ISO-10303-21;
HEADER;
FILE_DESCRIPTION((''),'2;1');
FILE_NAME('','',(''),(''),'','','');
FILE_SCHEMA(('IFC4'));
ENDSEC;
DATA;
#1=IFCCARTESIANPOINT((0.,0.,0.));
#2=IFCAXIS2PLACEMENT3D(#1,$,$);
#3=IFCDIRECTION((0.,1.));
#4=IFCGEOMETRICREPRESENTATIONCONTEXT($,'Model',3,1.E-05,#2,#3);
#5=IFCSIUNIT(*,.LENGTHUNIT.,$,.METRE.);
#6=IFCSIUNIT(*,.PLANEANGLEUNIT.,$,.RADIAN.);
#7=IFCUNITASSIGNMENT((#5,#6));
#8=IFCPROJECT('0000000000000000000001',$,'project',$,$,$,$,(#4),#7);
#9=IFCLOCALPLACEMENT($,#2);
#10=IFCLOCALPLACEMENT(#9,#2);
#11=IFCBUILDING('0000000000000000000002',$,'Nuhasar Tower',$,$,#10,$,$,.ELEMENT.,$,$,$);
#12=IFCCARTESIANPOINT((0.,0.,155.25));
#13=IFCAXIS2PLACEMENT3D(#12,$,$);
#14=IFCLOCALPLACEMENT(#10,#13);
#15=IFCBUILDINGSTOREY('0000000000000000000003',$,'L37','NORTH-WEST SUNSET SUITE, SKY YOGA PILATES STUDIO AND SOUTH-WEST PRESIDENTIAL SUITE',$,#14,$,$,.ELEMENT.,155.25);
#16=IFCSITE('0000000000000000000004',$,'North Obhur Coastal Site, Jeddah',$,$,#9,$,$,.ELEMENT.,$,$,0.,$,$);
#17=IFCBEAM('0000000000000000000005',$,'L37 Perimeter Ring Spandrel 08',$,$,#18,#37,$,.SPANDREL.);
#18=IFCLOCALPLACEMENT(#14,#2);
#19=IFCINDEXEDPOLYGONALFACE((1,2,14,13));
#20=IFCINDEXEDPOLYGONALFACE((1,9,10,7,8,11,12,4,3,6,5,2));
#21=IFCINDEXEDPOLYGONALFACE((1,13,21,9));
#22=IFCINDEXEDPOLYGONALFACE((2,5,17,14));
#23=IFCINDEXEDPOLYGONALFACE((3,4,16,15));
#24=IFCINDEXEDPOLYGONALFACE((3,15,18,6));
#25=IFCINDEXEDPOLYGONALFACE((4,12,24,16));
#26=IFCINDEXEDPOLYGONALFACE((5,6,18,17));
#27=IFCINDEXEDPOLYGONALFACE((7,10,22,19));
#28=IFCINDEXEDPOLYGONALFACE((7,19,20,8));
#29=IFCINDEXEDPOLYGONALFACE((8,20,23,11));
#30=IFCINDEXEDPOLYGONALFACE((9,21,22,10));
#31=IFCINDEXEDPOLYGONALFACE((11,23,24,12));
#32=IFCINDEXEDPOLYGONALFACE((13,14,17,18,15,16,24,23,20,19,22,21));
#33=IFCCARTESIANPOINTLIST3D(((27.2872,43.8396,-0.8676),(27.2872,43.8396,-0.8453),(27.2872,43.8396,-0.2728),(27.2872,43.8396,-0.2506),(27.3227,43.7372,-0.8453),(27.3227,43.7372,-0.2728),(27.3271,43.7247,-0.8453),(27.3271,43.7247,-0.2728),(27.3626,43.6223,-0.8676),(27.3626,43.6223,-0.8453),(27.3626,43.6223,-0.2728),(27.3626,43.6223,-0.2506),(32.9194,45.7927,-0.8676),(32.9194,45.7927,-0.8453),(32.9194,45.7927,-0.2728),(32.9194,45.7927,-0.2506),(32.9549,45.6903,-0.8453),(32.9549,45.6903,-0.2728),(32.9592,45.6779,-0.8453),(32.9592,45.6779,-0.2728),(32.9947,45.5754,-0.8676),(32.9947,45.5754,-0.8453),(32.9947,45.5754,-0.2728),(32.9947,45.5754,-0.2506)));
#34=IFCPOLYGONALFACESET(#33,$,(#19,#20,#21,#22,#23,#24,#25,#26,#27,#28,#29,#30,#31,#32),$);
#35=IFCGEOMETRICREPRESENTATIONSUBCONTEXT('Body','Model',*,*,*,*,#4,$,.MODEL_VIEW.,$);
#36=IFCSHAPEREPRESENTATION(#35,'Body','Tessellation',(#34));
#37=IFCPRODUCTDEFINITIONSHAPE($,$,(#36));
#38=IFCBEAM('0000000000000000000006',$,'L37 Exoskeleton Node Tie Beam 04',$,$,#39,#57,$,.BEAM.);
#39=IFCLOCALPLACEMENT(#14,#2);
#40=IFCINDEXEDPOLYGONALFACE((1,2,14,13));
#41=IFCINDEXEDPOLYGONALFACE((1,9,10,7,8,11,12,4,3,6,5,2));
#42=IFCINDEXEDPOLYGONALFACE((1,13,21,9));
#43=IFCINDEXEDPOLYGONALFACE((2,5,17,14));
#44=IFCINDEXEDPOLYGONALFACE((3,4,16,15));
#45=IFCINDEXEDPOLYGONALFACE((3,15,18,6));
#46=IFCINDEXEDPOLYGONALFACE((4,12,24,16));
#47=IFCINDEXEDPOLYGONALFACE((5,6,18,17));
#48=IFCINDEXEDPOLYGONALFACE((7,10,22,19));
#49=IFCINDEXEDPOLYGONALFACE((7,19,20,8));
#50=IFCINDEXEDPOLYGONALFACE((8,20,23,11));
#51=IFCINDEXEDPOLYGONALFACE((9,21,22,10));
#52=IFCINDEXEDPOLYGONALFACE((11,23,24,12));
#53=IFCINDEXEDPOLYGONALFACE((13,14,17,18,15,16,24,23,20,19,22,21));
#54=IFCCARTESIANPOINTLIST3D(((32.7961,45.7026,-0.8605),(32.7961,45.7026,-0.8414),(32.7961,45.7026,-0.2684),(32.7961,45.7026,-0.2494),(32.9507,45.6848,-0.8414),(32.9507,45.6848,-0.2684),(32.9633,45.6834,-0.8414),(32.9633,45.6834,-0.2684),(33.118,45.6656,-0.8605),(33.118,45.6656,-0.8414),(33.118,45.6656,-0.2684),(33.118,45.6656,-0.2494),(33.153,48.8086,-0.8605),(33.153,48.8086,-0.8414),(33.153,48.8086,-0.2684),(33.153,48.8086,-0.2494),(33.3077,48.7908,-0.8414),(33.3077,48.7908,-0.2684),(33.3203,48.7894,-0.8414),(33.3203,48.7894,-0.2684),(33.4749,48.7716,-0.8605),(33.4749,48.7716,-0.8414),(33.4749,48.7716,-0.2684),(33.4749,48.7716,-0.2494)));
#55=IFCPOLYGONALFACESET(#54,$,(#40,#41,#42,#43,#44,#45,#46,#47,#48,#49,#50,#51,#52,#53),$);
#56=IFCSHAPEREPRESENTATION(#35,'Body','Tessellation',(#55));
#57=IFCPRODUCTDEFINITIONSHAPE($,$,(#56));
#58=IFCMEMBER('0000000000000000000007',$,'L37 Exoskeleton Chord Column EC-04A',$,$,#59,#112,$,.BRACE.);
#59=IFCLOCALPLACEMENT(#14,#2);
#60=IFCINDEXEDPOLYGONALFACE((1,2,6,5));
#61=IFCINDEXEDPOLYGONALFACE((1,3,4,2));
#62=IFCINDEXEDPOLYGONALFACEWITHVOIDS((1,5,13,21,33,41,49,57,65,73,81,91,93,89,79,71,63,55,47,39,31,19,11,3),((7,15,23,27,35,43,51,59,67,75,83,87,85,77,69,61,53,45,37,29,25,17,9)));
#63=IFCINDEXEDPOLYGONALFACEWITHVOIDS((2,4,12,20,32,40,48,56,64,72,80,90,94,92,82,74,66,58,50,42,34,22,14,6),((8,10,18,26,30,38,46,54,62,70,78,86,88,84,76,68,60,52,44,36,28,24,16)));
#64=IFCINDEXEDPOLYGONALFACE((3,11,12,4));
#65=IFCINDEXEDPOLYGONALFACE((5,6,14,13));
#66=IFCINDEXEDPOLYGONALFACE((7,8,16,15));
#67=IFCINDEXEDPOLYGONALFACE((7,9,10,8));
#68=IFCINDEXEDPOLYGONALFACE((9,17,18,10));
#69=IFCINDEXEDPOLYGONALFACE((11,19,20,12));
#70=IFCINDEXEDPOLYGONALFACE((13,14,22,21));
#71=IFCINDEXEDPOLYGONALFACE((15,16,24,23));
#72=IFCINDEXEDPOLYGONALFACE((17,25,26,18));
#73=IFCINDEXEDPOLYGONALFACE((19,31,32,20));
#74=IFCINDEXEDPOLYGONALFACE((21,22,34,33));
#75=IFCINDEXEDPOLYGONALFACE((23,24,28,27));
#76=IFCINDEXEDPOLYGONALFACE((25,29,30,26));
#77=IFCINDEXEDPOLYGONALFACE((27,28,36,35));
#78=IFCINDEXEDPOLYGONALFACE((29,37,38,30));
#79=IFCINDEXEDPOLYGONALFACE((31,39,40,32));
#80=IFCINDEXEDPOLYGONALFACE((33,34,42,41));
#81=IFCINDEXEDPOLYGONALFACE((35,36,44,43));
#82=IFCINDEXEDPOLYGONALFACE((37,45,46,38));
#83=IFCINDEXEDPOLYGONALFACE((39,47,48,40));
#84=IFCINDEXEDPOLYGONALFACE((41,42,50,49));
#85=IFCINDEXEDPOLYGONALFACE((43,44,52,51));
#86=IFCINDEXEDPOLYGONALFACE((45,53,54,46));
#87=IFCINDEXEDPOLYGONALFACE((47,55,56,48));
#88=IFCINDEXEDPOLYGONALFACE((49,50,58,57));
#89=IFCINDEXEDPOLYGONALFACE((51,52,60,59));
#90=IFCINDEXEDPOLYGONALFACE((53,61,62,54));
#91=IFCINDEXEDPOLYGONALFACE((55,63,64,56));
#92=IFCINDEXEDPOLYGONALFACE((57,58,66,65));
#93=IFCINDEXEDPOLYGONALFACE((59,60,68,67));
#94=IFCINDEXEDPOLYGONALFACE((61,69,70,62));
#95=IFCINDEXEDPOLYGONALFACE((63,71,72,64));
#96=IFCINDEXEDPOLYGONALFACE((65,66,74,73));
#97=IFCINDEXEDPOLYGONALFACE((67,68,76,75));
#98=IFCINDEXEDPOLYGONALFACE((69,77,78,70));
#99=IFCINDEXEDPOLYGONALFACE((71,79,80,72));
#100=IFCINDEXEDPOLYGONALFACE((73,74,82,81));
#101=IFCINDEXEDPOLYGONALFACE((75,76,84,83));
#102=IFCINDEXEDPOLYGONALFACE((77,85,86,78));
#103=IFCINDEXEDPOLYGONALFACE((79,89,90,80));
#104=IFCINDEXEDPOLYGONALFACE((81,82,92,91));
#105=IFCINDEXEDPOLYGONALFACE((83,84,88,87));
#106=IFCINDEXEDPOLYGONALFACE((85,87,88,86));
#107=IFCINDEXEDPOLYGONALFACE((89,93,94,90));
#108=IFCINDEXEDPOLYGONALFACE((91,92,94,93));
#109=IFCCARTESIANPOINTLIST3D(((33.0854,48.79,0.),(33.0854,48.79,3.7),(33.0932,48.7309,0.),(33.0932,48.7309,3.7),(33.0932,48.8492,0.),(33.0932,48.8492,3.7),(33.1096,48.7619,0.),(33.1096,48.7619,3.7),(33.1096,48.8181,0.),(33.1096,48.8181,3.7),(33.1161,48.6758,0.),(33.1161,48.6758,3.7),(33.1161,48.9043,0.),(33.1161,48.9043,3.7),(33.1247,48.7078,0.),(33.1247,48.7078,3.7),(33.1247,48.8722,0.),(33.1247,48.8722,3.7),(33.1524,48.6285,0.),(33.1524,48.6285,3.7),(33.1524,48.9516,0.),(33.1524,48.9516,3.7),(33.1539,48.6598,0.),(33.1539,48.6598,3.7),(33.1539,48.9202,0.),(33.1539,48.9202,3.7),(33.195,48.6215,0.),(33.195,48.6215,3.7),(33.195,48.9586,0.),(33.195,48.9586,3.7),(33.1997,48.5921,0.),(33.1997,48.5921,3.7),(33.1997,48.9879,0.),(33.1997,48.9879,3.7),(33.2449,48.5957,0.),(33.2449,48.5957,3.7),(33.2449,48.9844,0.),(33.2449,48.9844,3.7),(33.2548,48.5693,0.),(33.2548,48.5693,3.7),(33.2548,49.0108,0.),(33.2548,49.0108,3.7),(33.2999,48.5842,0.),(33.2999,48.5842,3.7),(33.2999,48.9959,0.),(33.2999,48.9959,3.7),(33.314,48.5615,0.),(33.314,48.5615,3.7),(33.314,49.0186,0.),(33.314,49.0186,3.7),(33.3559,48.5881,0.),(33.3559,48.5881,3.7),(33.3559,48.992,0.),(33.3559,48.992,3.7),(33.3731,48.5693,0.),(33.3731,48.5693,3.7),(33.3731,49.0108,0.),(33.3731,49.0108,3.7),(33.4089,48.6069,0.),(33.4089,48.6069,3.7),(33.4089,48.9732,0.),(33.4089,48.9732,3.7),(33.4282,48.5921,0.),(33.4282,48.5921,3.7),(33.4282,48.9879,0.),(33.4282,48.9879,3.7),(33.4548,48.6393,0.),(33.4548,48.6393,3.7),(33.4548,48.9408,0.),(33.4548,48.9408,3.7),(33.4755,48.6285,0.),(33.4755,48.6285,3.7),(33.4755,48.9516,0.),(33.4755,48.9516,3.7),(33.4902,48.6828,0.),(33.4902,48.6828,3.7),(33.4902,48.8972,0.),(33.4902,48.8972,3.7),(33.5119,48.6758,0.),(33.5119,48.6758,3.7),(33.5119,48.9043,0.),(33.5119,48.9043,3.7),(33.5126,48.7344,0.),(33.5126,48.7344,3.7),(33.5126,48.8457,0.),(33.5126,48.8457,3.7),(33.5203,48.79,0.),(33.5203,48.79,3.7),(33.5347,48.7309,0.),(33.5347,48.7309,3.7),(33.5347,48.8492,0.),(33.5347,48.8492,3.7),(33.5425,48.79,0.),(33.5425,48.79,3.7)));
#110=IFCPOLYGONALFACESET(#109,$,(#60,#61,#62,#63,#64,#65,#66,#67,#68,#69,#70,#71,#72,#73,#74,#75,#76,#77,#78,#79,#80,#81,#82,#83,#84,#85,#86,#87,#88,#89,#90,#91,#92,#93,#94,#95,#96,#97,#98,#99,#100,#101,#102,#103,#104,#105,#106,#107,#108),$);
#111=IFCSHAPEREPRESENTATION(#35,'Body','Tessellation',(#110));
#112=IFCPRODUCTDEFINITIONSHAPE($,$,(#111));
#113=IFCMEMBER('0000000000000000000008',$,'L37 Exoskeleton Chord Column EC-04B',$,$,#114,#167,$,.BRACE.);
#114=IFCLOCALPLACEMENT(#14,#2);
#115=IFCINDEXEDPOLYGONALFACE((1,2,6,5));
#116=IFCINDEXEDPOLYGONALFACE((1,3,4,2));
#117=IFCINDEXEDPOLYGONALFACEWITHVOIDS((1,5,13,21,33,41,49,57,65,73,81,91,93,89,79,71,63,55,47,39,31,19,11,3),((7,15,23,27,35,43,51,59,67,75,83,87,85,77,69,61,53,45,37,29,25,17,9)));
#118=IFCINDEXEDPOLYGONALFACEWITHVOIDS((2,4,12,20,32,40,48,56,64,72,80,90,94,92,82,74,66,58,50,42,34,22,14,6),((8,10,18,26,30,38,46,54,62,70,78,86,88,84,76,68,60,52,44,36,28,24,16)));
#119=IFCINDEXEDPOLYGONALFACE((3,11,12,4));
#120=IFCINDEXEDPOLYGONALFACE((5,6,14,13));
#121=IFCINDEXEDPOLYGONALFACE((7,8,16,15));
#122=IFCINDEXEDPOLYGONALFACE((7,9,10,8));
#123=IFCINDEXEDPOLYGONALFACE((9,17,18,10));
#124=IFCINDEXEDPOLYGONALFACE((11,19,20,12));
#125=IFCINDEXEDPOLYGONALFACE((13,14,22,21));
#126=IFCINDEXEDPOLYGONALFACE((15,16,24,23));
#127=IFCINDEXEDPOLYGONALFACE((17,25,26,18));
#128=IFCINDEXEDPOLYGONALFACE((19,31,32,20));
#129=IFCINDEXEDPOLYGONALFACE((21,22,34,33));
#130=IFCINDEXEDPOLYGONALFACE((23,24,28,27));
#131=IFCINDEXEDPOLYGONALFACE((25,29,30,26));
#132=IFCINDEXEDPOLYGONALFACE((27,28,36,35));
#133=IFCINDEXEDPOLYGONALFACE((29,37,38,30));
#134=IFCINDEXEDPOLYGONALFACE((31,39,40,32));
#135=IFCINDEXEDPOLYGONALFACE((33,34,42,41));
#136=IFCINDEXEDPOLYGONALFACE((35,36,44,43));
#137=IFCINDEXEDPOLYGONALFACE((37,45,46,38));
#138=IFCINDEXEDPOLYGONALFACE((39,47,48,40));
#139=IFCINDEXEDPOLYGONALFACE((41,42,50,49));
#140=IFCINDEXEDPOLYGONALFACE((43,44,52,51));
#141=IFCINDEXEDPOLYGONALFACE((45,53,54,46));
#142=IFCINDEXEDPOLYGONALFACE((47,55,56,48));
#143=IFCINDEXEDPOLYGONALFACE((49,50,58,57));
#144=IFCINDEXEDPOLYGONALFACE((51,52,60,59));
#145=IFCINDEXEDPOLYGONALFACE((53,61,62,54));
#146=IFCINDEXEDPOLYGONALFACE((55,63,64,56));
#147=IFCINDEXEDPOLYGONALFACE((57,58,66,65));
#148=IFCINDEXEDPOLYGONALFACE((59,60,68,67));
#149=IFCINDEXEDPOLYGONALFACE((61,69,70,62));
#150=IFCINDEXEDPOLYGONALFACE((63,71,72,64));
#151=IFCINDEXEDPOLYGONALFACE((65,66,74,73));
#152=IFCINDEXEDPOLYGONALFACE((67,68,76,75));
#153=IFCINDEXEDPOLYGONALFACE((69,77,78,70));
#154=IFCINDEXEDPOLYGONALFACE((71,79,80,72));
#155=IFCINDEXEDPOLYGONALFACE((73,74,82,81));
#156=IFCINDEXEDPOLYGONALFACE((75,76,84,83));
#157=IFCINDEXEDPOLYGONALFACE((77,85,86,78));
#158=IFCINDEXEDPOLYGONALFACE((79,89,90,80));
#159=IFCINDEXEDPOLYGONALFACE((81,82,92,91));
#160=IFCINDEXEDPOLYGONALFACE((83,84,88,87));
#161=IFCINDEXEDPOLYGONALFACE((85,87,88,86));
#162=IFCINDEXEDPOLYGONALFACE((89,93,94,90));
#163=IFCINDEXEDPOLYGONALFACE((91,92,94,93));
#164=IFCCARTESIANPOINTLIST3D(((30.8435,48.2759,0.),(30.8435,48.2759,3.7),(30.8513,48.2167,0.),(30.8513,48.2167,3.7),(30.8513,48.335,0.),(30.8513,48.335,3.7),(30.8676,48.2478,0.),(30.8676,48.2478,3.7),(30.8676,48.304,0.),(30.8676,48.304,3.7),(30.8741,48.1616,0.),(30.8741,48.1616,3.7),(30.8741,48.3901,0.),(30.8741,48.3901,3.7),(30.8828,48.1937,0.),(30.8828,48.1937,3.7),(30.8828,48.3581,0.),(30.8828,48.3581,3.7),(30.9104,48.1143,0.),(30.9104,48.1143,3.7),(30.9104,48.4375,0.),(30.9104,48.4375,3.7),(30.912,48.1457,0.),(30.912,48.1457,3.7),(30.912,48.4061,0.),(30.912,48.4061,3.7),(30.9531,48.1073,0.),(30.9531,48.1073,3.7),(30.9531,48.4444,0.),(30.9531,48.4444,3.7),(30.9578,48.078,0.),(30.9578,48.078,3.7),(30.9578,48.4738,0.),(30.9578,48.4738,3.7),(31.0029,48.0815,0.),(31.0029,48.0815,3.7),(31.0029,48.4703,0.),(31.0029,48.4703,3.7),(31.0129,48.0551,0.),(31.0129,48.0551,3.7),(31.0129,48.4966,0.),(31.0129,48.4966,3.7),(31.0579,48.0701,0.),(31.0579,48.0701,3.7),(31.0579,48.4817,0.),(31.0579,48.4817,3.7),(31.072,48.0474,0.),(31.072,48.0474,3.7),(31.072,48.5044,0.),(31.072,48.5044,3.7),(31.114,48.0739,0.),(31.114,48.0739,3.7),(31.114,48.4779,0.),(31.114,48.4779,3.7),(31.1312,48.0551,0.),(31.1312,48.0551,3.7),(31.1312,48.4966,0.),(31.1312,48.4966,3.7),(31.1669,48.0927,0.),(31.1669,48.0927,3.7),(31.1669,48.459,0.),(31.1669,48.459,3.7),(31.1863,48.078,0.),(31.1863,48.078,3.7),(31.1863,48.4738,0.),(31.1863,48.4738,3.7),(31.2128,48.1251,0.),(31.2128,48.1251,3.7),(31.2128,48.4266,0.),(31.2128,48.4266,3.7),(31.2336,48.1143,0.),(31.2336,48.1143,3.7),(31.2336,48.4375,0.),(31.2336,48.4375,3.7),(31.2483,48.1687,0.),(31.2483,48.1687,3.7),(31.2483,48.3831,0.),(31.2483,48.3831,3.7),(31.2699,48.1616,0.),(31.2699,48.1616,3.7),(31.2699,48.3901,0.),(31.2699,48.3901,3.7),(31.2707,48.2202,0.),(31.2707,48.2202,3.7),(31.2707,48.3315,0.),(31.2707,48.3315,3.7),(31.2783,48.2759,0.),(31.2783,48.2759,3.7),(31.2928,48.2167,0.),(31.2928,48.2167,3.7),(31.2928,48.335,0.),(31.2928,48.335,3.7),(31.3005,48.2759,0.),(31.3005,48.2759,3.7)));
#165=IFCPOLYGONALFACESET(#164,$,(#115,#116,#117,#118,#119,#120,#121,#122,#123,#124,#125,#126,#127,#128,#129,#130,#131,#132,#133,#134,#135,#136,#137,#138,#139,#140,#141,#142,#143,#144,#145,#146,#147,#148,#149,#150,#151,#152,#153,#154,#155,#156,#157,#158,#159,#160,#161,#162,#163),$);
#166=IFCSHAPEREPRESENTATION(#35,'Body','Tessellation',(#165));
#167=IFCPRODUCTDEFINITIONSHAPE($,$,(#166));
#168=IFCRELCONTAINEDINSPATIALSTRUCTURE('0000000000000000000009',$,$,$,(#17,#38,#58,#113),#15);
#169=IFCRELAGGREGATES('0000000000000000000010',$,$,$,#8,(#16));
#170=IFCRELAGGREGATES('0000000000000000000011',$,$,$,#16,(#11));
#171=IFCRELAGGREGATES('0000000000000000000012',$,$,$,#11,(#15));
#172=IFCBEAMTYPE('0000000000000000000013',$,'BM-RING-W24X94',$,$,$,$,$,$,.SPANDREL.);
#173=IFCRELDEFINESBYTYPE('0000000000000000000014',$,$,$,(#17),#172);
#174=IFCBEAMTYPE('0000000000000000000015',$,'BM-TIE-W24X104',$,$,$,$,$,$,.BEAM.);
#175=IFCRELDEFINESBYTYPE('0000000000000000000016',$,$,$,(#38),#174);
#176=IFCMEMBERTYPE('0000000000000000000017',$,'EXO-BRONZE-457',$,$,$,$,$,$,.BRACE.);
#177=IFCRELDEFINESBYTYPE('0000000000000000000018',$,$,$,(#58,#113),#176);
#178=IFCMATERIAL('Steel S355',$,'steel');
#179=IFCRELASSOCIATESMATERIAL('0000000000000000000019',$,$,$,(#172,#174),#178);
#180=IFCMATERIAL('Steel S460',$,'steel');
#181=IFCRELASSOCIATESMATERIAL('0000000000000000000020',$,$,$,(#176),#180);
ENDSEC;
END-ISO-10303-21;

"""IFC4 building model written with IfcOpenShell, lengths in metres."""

from ifc_helpers import new_model, si_unit, direction, frame, origin, origin_2d, place, context, subcontext, project, spatial, hollow_circle, i_section, extrude, material, material_profile, profile_set, type_object, element, save


model = new_model("IFC4")

# Units and contexts
model_context = context("Model", 3, precision=1e-05, world=origin(), true_north=direction((0.0, 1.0)))
body_context = subcontext(model_context, "Body", "Model", "MODEL_VIEW")
ifc_project = project(units=[si_unit("LENGTHUNIT", "METRE"), si_unit("PLANEANGLEUNIT", "RADIAN")], contexts=[model_context])

# Site, building, storey
site_placement = place(None, origin())
site = spatial("IfcSite", under=ifc_project, at=site_placement, Name="North Obhur Coastal Site, Jeddah", CompositionType="ELEMENT", RefElevation=0.0)
building_placement = place(site_placement, origin())
building = spatial("IfcBuilding", under=site, at=building_placement, Name="Nuhasar Tower", CompositionType="ELEMENT")
storey_placement = place(building_placement, frame((0.0, 0.0, 155.25)))
storey = spatial("IfcBuildingStorey", under=building, at=storey_placement, Name="L37", Description="NORTH-WEST SUNSET SUITE, SKY YOGA PILATES STUDIO AND SOUTH-WEST PRESIDENTIAL SUITE", CompositionType="ELEMENT", Elevation=155.25)

# Beams
ifc_material_1 = material(Name="Steel S355", Category="steel")
ifc_material_profile_1 = material_profile(ifc_material_1, i_section(OverallWidth=0.23, OverallDepth=0.6169, WebThickness=0.0132, FlangeThickness=0.0222, at=origin_2d()), Name="W24X94")
ifc_profile_set_1 = profile_set([ifc_material_profile_1], Name="Steel S355")
beam_type_1 = type_object("IfcBeamType", Name="BM-RING-W24X94", PredefinedType="SPANDREL", material=ifc_profile_set_1)
beam_1_placement = place(storey_placement, frame((32.957, 45.6841, -0.5591), z_axis=(-0.944801, -0.327644, 0.0), x_axis=(0.327644, -0.944801, 0.0)))
element("IfcBeam", 1, at=beam_1_placement, inside=storey, type_object=beam_type_1, Name="L37 Perimeter Ring Spandrel 08", PredefinedType="SPANDREL", context=body_context, shape_type="SweptSolid", body=[
    extrude(i_section(OverallWidth=0.23, OverallDepth=0.6169, WebThickness=0.0132, FlangeThickness=0.0222, at=origin_2d()), origin(), (0.0, 0.0, 1.0), 5.9612),
])
ifc_material_profile_2 = material_profile(ifc_material_1, i_section(OverallWidth=0.324, OverallDepth=0.6111, WebThickness=0.0127, FlangeThickness=0.019, at=origin_2d()), Name="W24X104")
ifc_profile_set_2 = profile_set([ifc_material_profile_2], Name="Steel S355")
beam_type_2 = type_object("IfcBeamType", Name="BM-TIE-W24X104", PredefinedType="BEAM", material=ifc_profile_set_2)
beam_2_placement = place(storey_placement, frame((32.957, 45.6841, -0.5549), z_axis=(0.114168, 0.993461, 0.0), x_axis=(-0.993461, 0.114168, 0.0)))
element("IfcBeam", 2, at=beam_2_placement, inside=storey, type_object=beam_type_2, Name="L37 Exoskeleton Node Tie Beam 04", PredefinedType="BEAM", context=body_context, shape_type="SweptSolid", body=[
    extrude(i_section(OverallWidth=0.324, OverallDepth=0.6111, WebThickness=0.0127, FlangeThickness=0.019, at=origin_2d()), origin(), (0.0, 0.0, 1.0), 3.1265),
])

# Members
ifc_material_2 = material(Name="Steel S460", Category="steel")
ifc_material_profile_3 = material_profile(ifc_material_2, hollow_circle(Radius=0.2285, WallThickness=0.0222, at=origin_2d()), Name="HSS457X22.2")
ifc_profile_set_3 = profile_set([ifc_material_profile_3], Name="Steel S460")
member_type = type_object("IfcMemberType", Name="EXO-BRONZE-457", PredefinedType="BRACE", material=ifc_profile_set_3)
for number, where, z_axis, x_axis, name in (
    (3, (33.314, 48.79, 0.0), (0.0, 0.0, 1.0), (1.0, 0.0, 0.0), "L37 Exoskeleton Chord Column EC-04A"),
    (4, (31.072, 48.2759, 0.0), (0.0, 0.0, 1.0), (1.0, 0.0, 0.0), "L37 Exoskeleton Chord Column EC-04B"),
):
    element("IfcMember", number, at=place(storey_placement, frame(where, z_axis=z_axis, x_axis=x_axis)), inside=storey, type_object=member_type, Name=name, PredefinedType="BRACE", context=body_context, shape_type="SweptSolid", body=[
        extrude(hollow_circle(Radius=0.2285, WallThickness=0.0222, at=origin_2d()), origin(), (0.0, 0.0, 1.0), 3.7),
    ])

save(model, "model.ifc")
